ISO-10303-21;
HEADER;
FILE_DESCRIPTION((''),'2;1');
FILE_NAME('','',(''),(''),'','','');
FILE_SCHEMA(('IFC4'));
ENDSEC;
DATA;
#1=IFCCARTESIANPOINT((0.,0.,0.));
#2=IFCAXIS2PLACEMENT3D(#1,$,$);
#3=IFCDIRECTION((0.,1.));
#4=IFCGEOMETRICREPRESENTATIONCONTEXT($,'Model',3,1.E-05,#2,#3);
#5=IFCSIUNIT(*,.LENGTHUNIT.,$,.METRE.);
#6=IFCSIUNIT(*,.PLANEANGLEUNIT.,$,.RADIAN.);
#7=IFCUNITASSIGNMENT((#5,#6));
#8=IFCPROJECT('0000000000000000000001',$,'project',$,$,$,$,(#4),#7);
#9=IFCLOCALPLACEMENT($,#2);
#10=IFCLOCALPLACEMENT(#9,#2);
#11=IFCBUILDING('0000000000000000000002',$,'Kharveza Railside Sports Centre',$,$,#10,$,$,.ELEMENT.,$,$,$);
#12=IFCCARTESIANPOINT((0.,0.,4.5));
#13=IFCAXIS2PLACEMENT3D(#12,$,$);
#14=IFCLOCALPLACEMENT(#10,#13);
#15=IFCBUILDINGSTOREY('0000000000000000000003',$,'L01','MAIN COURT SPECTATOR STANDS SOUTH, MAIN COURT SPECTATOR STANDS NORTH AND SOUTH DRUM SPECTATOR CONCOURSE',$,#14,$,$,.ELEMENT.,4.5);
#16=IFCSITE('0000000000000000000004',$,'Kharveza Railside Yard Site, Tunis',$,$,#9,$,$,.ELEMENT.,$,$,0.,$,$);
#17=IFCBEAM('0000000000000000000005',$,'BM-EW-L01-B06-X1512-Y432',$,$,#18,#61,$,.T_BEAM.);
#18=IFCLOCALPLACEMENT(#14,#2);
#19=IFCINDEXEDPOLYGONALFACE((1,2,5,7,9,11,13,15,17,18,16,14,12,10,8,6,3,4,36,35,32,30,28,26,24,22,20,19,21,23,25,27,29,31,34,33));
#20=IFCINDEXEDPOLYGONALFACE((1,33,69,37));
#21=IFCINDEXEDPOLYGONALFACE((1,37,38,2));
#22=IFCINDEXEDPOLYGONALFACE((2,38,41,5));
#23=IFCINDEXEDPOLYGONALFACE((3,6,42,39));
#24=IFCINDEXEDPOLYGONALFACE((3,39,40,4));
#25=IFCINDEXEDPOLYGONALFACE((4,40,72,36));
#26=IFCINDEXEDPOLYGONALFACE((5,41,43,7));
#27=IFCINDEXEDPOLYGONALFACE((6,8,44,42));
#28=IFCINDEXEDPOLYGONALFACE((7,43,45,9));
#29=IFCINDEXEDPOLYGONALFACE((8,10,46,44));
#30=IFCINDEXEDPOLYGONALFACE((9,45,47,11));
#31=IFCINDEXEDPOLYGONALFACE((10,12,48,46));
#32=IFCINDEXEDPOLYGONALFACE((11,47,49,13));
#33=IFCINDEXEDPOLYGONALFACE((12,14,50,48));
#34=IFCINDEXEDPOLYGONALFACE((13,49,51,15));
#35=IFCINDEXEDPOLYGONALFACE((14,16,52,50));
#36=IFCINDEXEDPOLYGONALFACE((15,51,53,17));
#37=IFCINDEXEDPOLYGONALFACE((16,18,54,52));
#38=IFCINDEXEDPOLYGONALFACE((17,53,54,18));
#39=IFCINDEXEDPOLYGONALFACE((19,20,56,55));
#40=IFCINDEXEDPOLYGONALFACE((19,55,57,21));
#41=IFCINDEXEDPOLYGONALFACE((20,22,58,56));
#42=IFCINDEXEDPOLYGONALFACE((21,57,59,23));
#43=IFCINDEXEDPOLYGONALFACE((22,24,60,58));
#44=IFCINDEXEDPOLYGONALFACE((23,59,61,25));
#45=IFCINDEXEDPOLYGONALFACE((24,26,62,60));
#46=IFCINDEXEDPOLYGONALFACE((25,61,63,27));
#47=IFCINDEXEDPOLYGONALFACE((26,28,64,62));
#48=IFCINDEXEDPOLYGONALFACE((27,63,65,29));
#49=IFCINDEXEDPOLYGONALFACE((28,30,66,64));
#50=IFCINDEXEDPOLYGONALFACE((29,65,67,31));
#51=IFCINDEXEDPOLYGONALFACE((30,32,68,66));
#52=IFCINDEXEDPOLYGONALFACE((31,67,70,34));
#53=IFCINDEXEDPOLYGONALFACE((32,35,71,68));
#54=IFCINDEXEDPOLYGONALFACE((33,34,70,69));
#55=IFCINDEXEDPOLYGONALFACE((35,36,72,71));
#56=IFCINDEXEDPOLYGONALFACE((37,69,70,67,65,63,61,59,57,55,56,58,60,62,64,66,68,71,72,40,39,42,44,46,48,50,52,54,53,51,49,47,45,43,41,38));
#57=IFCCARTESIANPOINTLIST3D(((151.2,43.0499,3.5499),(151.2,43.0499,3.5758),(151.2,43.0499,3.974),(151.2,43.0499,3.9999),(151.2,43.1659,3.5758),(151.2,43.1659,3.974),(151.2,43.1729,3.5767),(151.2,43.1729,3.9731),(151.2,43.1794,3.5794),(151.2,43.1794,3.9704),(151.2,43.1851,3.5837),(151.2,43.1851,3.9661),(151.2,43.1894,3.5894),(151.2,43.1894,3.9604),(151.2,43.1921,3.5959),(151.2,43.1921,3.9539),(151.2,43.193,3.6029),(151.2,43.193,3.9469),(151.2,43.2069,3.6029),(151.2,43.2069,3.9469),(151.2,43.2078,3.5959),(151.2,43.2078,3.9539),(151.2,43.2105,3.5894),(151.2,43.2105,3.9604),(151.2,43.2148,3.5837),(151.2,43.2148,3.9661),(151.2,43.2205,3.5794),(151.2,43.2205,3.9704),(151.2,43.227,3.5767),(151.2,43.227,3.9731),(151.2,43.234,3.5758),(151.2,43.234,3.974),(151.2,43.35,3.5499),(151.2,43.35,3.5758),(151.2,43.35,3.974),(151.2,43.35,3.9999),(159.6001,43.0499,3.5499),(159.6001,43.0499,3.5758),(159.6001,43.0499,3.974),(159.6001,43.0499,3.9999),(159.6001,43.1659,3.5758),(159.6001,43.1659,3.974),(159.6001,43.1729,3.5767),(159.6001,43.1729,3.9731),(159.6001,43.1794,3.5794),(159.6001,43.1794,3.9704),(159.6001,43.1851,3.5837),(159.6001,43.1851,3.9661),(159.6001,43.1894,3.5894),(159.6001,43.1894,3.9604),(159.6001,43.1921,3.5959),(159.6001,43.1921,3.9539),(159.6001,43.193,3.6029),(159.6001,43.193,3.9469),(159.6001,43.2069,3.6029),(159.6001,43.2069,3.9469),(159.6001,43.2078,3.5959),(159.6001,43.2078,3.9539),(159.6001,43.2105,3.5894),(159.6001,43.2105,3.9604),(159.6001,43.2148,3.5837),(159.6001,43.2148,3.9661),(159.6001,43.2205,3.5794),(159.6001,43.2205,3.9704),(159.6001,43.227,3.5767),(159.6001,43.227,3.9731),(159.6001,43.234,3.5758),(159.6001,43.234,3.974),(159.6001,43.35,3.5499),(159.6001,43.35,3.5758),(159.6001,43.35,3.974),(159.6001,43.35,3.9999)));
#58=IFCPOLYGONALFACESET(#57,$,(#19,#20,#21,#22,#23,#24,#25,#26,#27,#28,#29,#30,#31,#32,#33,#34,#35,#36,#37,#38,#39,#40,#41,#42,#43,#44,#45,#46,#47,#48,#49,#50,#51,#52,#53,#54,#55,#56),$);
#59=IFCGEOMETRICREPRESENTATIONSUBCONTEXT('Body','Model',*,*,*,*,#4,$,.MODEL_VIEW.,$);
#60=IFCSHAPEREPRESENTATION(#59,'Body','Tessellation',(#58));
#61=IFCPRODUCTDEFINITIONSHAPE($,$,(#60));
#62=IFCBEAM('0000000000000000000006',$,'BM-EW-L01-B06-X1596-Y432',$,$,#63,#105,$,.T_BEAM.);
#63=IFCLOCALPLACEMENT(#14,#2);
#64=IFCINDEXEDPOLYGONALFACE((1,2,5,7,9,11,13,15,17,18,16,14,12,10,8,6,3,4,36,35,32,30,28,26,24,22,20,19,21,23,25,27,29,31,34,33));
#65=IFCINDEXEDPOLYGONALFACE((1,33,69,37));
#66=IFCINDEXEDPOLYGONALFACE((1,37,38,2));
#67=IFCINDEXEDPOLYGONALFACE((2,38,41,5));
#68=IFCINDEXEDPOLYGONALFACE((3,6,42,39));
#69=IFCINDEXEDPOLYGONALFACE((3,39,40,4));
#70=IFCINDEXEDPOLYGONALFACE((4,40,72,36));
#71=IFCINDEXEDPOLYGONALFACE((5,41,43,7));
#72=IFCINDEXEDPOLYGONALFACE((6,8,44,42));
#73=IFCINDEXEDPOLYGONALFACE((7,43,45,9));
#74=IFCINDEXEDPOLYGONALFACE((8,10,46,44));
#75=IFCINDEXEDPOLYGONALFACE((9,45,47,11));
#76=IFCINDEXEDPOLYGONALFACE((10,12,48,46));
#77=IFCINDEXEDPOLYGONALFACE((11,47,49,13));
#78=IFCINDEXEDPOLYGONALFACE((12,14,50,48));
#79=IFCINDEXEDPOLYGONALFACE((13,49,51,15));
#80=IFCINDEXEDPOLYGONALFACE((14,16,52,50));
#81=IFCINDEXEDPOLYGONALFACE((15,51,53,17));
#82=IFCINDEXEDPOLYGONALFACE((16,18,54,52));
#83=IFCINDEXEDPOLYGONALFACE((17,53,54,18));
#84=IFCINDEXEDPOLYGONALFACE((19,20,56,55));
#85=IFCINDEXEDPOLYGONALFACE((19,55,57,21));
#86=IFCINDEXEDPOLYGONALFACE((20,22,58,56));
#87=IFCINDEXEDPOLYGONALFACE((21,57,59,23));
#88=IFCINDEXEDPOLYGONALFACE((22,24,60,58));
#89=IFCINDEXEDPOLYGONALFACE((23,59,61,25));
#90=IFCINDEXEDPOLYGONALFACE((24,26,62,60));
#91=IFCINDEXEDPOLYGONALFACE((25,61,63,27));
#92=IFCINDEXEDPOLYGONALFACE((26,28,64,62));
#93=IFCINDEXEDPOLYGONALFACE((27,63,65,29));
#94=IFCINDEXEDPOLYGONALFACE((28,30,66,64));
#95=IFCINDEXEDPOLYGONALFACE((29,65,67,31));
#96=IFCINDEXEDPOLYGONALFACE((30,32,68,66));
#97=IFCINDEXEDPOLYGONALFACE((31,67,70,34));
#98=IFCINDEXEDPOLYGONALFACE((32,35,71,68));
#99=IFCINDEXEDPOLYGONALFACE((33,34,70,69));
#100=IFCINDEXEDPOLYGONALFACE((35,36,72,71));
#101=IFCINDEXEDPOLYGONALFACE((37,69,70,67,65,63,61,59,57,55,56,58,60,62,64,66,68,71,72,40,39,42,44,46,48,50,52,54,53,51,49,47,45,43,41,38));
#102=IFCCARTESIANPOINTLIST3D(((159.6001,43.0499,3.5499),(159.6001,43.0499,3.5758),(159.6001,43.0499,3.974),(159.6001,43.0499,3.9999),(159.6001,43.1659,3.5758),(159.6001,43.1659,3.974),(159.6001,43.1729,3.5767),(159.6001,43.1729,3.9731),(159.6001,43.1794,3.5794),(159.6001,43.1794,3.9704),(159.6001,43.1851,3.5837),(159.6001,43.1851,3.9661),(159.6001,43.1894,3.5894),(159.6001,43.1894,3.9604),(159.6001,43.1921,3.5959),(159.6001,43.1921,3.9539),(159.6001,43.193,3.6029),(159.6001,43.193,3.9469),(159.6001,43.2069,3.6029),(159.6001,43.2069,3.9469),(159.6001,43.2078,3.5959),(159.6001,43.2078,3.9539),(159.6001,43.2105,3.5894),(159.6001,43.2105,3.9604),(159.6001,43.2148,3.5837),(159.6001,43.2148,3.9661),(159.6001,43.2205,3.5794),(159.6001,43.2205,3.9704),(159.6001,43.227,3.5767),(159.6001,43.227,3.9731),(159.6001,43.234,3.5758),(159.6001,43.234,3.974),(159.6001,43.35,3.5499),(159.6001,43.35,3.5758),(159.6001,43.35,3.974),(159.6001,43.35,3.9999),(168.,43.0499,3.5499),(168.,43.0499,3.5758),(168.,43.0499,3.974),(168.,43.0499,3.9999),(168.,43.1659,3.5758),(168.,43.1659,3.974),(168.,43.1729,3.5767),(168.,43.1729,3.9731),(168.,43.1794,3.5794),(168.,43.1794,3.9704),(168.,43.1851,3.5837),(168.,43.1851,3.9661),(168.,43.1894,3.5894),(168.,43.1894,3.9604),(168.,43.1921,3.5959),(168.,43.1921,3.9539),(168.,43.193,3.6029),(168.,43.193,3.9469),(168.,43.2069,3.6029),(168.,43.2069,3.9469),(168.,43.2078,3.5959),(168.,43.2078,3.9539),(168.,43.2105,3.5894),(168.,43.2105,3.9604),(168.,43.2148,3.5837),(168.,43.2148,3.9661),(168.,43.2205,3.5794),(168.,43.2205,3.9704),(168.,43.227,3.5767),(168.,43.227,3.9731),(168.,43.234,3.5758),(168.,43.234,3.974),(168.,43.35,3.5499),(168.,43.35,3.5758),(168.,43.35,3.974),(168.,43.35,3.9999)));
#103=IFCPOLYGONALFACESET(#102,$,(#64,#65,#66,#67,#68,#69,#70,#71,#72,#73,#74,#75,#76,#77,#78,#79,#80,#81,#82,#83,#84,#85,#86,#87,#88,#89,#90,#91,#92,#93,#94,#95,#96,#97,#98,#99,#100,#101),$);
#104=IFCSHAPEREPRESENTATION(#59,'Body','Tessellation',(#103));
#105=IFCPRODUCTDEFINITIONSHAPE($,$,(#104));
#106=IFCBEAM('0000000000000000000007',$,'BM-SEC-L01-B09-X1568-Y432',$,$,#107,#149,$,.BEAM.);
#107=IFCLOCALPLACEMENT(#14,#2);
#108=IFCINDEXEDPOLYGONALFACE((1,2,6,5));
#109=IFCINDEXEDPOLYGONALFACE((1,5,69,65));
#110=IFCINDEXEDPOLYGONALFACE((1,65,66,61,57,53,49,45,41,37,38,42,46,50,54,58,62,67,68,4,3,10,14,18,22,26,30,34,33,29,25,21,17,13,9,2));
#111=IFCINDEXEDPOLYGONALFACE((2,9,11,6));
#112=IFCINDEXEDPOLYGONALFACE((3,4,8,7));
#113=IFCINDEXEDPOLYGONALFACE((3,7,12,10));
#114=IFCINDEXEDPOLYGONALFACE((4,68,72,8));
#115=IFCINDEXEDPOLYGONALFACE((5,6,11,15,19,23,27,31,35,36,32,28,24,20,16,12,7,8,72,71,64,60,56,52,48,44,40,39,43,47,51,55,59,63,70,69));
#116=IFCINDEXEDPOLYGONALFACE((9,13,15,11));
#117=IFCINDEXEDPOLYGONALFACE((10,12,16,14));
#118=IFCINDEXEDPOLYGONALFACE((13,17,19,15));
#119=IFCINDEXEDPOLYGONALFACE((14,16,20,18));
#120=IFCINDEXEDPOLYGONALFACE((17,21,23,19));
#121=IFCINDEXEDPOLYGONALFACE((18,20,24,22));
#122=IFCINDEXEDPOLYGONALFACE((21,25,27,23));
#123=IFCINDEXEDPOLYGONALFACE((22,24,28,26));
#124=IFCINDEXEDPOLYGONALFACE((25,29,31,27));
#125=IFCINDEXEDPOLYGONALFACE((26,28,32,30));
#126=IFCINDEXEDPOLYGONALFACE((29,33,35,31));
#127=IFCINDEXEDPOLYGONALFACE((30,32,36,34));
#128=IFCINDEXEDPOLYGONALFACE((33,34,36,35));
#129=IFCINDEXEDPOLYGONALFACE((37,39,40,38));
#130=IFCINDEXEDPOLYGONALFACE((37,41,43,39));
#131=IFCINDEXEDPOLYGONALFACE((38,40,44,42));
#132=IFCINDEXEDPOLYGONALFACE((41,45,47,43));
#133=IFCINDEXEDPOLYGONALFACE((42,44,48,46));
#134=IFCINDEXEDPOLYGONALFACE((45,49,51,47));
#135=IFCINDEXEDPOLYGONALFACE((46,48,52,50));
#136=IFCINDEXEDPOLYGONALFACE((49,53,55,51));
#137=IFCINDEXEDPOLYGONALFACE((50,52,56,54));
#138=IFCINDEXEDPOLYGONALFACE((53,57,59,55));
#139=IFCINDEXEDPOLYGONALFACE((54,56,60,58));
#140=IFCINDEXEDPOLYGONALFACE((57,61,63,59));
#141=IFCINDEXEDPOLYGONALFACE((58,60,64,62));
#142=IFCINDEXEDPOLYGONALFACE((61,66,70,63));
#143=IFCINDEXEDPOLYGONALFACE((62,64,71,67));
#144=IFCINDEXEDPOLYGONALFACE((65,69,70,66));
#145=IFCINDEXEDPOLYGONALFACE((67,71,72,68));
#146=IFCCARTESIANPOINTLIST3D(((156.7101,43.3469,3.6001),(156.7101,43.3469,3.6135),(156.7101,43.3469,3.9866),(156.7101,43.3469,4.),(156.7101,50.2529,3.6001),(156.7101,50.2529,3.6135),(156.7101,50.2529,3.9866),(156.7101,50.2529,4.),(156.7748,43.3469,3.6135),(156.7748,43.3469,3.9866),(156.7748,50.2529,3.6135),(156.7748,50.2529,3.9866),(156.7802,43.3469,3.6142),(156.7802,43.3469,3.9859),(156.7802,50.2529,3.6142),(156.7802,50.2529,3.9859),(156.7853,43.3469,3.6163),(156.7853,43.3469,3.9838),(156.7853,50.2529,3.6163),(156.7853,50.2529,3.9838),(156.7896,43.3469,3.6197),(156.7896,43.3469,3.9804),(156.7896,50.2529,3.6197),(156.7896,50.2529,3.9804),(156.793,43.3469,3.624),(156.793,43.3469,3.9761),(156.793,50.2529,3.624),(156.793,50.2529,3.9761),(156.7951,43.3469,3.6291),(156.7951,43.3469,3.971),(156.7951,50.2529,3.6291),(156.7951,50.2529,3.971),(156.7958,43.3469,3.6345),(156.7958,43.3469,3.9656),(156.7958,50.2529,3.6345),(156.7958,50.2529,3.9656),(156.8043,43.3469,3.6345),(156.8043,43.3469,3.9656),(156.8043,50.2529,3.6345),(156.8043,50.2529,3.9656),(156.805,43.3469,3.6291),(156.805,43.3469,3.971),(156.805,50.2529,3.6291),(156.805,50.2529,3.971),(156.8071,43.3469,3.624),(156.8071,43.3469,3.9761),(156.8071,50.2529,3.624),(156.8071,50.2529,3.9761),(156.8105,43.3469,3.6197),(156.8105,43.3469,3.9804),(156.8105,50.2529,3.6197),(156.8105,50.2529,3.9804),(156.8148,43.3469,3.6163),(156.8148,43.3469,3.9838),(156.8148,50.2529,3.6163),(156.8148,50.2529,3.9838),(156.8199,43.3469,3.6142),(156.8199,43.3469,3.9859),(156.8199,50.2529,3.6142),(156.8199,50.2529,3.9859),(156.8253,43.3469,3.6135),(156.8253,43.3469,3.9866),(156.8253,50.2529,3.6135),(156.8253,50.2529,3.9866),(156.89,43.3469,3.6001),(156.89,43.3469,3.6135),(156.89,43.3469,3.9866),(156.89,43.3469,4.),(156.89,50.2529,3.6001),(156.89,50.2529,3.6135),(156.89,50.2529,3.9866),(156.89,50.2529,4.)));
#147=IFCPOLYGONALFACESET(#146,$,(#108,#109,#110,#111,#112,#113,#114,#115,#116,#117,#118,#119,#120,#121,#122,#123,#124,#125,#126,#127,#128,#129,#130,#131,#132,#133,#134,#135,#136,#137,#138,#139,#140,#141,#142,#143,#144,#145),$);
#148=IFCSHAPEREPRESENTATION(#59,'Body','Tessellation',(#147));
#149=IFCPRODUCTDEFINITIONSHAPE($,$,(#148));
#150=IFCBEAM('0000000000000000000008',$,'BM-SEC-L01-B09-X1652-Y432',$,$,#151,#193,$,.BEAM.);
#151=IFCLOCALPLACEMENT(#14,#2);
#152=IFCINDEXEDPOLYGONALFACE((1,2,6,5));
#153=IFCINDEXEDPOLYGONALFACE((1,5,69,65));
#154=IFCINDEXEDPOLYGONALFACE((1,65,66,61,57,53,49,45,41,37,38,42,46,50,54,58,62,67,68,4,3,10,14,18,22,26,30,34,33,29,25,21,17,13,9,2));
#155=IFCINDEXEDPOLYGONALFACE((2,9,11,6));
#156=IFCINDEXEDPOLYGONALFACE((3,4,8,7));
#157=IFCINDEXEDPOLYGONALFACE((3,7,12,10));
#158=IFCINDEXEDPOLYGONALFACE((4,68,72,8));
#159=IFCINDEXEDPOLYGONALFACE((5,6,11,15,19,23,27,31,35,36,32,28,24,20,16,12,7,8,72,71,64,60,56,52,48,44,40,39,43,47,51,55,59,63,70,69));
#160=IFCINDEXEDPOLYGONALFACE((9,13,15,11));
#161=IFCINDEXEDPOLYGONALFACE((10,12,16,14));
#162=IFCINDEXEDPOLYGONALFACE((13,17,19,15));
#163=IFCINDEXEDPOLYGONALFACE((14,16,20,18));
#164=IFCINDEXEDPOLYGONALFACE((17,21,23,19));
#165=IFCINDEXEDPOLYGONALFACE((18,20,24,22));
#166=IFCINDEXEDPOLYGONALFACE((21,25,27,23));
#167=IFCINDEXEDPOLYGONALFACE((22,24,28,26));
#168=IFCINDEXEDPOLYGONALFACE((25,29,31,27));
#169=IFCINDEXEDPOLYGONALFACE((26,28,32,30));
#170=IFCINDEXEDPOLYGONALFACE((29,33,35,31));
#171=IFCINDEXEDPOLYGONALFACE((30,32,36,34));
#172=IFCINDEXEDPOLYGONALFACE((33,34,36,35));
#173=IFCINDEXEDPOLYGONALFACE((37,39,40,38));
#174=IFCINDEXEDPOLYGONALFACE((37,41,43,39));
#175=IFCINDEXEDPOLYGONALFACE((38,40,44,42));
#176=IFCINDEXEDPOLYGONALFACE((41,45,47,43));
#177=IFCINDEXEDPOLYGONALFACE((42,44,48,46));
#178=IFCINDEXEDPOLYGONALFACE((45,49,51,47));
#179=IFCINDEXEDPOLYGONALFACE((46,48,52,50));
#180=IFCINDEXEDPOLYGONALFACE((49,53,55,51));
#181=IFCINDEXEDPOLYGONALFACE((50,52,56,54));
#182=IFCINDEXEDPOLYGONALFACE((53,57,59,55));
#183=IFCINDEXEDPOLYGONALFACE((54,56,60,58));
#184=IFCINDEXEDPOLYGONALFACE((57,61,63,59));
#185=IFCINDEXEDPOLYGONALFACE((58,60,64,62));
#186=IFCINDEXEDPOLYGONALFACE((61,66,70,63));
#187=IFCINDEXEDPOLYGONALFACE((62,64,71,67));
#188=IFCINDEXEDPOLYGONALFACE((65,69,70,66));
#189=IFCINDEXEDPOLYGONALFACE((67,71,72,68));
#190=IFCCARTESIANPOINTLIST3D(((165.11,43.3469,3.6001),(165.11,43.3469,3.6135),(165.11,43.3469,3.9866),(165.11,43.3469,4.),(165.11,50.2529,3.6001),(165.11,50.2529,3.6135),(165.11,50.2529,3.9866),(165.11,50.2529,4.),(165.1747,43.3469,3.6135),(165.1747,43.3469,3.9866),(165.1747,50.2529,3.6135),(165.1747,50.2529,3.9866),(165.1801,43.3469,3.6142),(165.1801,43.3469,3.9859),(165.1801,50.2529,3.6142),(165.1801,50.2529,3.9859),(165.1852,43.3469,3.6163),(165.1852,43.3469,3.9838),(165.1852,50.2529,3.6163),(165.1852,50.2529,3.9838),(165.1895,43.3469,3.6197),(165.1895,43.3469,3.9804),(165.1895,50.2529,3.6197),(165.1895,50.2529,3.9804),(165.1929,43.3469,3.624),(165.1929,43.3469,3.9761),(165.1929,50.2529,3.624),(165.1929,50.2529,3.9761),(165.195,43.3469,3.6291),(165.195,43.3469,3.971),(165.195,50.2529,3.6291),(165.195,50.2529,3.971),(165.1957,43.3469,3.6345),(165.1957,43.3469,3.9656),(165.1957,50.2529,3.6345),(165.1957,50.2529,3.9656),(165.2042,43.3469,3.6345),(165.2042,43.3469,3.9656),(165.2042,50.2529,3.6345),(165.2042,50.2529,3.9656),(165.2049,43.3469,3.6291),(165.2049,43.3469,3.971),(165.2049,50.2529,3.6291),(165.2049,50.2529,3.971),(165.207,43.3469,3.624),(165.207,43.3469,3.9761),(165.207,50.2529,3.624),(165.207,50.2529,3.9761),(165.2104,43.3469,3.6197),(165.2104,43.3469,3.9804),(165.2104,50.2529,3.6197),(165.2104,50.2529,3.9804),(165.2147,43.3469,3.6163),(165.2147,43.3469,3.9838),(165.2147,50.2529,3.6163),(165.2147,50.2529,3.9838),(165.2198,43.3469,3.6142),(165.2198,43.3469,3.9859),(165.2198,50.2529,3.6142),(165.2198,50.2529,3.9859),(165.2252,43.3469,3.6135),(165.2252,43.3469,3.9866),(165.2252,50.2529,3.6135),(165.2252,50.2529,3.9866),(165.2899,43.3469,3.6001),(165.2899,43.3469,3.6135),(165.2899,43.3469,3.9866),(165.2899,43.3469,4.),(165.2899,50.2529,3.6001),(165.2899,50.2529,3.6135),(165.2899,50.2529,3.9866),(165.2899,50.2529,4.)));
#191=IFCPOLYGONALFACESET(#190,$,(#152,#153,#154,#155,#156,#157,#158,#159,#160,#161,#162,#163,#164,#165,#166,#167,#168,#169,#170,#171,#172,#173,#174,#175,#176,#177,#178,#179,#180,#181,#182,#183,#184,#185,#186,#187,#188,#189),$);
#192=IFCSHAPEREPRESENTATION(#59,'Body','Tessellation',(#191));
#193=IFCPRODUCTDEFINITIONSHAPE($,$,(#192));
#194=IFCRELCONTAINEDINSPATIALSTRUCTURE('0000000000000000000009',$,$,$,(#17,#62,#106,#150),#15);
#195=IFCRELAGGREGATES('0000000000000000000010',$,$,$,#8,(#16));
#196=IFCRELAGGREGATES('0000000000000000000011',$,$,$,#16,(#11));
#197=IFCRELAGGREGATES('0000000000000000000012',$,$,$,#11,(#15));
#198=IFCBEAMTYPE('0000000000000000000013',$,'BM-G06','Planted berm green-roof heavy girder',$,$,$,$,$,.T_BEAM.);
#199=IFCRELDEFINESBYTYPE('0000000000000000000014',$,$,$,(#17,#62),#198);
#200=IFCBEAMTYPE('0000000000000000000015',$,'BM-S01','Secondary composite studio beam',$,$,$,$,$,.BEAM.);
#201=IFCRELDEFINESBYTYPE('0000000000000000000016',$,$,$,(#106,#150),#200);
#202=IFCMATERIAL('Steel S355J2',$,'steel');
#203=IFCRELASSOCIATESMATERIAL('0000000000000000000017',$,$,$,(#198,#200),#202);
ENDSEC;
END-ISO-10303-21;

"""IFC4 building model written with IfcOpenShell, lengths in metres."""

from ifc_helpers import new_model, si_unit, direction, frame, origin, origin_2d, place, context, subcontext, project, spatial, i_section, extrude, material, material_profile, profile_set, type_object, element, save


model = new_model("IFC4")

# Units and contexts
model_context = context("Model", 3, precision=1e-05, world=origin(), true_north=direction((0.0, 1.0)))
body_context = subcontext(model_context, "Body", "Model", "MODEL_VIEW")
ifc_project = project(units=[si_unit("LENGTHUNIT", "METRE"), si_unit("PLANEANGLEUNIT", "RADIAN")], contexts=[model_context])

# Site, building, storey
site_placement = place(None, origin())
site = spatial("IfcSite", under=ifc_project, at=site_placement, Name="Kharveza Railside Yard Site, Tunis", CompositionType="ELEMENT", RefElevation=0.0)
building_placement = place(site_placement, origin())
building = spatial("IfcBuilding", under=site, at=building_placement, Name="Kharveza Railside Sports Centre", CompositionType="ELEMENT")
storey_placement = place(building_placement, frame((0.0, 0.0, 4.5)))
storey = spatial("IfcBuildingStorey", under=building, at=storey_placement, Name="L01", Description="MAIN COURT SPECTATOR STANDS SOUTH, MAIN COURT SPECTATOR STANDS NORTH AND SOUTH DRUM SPECTATOR CONCOURSE", CompositionType="ELEMENT", Elevation=4.5)

# Shared definitions
ifc_material_1 = material(Name="Steel S355J2", Category="steel")

# Beams
ifc_material_profile_1 = material_profile(ifc_material_1, i_section(OverallWidth=0.3, OverallDepth=0.45, WebThickness=0.0139, FlangeThickness=0.0259, FilletRadius=0.0271, at=origin_2d()), Name="HEB 450")
ifc_profile_set_1 = profile_set([ifc_material_profile_1], Name="Steel S355J2")
beam_type_1 = type_object("IfcBeamType", Name="BM-G06", Description="Planted berm green-roof heavy girder", PredefinedType="T_BEAM", material=ifc_profile_set_1)
beam_1_placement = place(storey_placement, frame((151.2, 43.2, 3.7749), z_axis=(1.0, 0.0, 0.0), x_axis=(0.0, 1.0, 0.0)))
element("IfcBeam", 1, at=beam_1_placement, inside=storey, type_object=beam_type_1, Name="BM-EW-L01-B06-X1512-Y432", PredefinedType="T_BEAM", context=body_context, shape_type="SweptSolid", body=[
    extrude(i_section(OverallWidth=0.3, OverallDepth=0.45, WebThickness=0.0139, FlangeThickness=0.0259, FilletRadius=0.0271, at=origin_2d()), origin(), (0.0, 0.0, 1.0), 8.4001),
])
beam_2_placement = place(storey_placement, frame((159.6001, 43.2, 3.7749), z_axis=(1.0, 0.0, 0.0), x_axis=(0.0, 1.0, 0.0)))
element("IfcBeam", 2, at=beam_2_placement, inside=storey, type_object=beam_type_1, Name="BM-EW-L01-B06-X1596-Y432", PredefinedType="T_BEAM", context=body_context, shape_type="SweptSolid", body=[
    extrude(i_section(OverallWidth=0.3, OverallDepth=0.45, WebThickness=0.0139, FlangeThickness=0.0259, FilletRadius=0.0271, at=origin_2d()), origin(), (0.0, 0.0, 1.0), 8.3999),
])
ifc_material_profile_2 = material_profile(ifc_material_1, i_section(OverallWidth=0.1799, OverallDepth=0.3999, WebThickness=0.0085, FlangeThickness=0.0134, FilletRadius=0.021, at=origin_2d()), Name="IPE 400")
ifc_profile_set_2 = profile_set([ifc_material_profile_2], Name="Steel S355J2")
beam_type_2 = type_object("IfcBeamType", Name="BM-S01", Description="Secondary composite studio beam", PredefinedType="BEAM", material=ifc_profile_set_2)
for number, where, z_axis, x_axis, name in (
    (3, (156.8, 43.3469, 3.8), (0.0, 1.0, 0.0), (-1.0, 0.0, 0.0), "BM-SEC-L01-B09-X1568-Y432"),
    (4, (165.2, 43.3469, 3.8), (0.0, 1.0, 0.0), (-1.0, 0.0, 0.0), "BM-SEC-L01-B09-X1652-Y432"),
):
    element("IfcBeam", number, at=place(storey_placement, frame(where, z_axis=z_axis, x_axis=x_axis)), inside=storey, type_object=beam_type_2, Name=name, PredefinedType="BEAM", context=body_context, shape_type="SweptSolid", body=[
        extrude(i_section(OverallWidth=0.1799, OverallDepth=0.3999, WebThickness=0.0085, FlangeThickness=0.0134, FilletRadius=0.021, at=origin_2d()), origin(), (0.0, 0.0, 1.0), 6.906),
    ])

save(model, "model.ifc")
